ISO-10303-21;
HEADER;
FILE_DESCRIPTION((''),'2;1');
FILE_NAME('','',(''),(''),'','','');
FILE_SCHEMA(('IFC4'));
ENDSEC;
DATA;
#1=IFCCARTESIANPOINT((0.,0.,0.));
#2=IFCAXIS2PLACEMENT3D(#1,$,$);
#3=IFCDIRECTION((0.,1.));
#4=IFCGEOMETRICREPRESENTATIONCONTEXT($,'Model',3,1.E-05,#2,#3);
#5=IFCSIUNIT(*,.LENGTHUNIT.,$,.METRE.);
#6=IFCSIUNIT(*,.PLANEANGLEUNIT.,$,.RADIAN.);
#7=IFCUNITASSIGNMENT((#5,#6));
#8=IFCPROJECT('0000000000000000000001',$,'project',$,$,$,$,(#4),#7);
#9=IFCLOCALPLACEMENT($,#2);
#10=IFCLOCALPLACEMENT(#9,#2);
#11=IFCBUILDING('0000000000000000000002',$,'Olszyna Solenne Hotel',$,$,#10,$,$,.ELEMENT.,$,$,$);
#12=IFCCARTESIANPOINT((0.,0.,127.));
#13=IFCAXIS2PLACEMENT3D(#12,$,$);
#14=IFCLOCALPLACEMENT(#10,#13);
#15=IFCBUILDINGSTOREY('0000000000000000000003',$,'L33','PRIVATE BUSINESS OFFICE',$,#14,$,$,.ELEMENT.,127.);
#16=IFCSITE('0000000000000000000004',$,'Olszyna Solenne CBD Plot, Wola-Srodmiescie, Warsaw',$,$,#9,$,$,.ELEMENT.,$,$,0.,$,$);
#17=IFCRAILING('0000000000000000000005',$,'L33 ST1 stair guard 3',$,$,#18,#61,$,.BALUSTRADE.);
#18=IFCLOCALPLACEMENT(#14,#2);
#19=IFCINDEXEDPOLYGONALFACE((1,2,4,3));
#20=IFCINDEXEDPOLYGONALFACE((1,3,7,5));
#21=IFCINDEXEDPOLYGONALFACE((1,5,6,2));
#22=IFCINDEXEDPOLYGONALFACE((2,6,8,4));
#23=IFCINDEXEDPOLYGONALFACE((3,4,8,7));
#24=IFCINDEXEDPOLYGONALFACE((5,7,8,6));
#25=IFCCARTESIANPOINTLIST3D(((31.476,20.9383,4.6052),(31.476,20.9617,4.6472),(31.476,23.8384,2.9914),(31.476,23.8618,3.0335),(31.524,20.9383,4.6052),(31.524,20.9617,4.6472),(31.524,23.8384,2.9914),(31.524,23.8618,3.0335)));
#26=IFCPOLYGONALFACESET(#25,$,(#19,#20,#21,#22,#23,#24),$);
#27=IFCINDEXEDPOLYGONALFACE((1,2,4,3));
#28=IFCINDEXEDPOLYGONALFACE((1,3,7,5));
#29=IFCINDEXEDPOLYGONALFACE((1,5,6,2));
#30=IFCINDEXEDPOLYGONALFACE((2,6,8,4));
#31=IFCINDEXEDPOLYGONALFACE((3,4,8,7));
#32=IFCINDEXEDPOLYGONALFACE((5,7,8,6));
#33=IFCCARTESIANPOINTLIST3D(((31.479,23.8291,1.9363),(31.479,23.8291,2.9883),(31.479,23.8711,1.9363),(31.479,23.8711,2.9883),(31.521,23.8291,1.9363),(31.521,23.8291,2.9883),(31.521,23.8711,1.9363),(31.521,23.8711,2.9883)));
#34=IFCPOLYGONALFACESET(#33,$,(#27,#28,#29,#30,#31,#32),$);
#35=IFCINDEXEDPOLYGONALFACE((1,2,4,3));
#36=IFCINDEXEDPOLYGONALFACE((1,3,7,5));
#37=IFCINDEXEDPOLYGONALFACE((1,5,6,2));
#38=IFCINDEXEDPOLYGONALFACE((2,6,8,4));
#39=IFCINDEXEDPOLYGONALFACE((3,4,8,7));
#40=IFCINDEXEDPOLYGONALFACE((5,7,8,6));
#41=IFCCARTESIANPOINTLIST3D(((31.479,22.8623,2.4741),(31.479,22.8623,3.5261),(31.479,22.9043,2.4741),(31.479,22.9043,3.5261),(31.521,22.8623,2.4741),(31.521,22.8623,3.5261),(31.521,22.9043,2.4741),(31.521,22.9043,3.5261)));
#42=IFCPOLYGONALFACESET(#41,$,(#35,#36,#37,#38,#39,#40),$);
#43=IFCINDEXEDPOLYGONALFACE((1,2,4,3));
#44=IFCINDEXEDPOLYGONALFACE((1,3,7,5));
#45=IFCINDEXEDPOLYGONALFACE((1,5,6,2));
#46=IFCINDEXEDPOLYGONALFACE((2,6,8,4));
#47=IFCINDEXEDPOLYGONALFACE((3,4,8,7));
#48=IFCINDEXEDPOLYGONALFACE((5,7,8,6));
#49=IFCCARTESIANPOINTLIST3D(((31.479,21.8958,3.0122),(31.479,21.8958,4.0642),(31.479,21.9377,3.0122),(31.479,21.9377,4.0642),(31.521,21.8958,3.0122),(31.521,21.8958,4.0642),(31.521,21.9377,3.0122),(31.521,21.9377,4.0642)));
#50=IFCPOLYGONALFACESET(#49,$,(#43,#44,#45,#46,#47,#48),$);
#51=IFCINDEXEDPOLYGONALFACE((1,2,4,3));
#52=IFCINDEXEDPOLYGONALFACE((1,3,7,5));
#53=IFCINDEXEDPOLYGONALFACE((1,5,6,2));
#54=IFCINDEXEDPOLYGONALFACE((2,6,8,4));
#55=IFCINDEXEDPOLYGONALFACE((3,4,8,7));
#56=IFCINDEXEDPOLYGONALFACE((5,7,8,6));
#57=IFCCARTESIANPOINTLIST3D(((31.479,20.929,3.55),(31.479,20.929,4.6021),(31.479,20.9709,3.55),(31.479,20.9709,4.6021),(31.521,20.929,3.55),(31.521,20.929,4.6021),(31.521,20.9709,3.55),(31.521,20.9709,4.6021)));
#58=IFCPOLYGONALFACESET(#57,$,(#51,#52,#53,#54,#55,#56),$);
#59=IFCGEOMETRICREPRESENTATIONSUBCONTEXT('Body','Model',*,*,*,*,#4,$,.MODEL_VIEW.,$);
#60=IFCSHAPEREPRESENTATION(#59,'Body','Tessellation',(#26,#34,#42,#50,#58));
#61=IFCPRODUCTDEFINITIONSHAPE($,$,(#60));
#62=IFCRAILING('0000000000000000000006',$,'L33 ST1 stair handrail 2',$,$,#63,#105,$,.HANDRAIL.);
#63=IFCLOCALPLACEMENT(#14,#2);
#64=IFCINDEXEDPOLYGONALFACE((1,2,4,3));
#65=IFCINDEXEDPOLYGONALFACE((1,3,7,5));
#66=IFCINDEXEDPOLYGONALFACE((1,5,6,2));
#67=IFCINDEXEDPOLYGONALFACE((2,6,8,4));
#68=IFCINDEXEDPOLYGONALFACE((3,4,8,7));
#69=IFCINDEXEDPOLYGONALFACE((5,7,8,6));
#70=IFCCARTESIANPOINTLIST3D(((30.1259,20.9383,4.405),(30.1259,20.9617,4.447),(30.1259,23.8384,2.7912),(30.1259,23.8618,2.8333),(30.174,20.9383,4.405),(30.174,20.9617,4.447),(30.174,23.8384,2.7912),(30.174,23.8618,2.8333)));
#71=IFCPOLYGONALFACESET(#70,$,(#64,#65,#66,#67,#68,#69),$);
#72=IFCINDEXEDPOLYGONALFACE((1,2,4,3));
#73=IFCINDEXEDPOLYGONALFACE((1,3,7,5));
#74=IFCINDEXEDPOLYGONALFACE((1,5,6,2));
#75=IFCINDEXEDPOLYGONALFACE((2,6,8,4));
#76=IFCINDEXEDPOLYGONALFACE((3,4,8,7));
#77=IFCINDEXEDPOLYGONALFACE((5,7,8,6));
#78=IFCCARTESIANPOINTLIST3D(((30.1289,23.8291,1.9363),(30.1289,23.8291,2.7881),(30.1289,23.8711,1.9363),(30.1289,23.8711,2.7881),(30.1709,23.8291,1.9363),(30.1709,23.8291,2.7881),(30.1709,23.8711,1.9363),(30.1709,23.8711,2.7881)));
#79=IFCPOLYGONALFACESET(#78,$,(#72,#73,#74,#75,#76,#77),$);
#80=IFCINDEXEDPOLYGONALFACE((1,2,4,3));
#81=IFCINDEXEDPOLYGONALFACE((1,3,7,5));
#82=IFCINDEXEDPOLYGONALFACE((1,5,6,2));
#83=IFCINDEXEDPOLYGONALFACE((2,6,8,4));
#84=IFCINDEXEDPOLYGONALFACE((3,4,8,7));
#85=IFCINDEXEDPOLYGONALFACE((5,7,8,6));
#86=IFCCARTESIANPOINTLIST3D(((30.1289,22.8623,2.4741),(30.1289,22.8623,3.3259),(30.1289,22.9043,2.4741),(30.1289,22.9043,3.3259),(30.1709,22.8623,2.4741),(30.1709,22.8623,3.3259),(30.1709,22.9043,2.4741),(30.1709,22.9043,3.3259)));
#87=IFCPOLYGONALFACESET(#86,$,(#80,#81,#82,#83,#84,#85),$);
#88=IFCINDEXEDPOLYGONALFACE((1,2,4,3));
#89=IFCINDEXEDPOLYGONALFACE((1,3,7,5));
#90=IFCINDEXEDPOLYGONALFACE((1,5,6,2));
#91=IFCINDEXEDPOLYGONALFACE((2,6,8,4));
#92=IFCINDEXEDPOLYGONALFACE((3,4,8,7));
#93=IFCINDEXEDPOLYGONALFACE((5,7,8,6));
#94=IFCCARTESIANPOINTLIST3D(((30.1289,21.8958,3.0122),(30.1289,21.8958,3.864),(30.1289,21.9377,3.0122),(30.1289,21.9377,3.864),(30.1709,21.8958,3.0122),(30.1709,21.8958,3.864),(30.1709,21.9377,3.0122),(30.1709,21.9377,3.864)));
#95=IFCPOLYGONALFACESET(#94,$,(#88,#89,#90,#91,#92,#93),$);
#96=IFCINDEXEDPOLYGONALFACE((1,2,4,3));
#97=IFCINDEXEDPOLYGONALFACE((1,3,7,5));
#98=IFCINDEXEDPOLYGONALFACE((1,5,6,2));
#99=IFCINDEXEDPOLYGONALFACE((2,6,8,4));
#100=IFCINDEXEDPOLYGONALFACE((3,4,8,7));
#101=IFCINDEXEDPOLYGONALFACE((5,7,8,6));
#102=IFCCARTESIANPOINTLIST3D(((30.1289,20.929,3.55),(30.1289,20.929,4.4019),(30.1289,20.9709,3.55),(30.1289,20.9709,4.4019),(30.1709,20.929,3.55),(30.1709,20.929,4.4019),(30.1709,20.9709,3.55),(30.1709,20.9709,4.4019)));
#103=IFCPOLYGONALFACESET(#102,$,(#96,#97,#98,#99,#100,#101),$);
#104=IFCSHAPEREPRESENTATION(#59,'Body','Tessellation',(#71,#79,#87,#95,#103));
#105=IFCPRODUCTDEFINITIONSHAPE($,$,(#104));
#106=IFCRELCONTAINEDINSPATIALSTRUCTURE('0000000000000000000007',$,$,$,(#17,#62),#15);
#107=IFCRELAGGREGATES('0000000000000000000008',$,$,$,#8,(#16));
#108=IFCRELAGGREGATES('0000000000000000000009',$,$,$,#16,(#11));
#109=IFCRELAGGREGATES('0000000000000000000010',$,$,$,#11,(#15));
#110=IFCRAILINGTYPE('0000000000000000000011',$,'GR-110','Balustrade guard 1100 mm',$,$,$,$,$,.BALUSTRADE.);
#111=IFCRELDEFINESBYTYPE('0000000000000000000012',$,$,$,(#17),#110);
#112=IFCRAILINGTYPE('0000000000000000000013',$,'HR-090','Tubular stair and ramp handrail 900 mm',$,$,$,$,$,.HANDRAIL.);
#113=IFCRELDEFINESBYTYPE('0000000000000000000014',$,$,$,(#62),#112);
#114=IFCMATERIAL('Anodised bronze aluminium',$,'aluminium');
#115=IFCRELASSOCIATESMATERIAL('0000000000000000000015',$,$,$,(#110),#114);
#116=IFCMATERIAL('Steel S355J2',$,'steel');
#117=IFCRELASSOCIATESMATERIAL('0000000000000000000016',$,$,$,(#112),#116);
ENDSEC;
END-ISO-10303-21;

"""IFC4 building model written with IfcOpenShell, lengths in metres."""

from ifc_helpers import new_model, si_unit, direction, frame, origin, origin_2d, place, context, subcontext, project, spatial, rectangle, extrude, material, type_object, element, save


model = new_model("IFC4")

# Units and contexts
model_context = context("Model", 3, precision=1e-05, world=origin(), true_north=direction((0.0, 1.0)))
body_context = subcontext(model_context, "Body", "Model", "MODEL_VIEW")
ifc_project = project(units=[si_unit("LENGTHUNIT", "METRE"), si_unit("PLANEANGLEUNIT", "RADIAN")], contexts=[model_context])

# Site, building, storey
site_placement = place(None, origin())
site = spatial("IfcSite", under=ifc_project, at=site_placement, Name="Olszyna Solenne CBD Plot, Wola-Srodmiescie, Warsaw", CompositionType="ELEMENT", RefElevation=0.0)
building_placement = place(site_placement, origin())
building = spatial("IfcBuilding", under=site, at=building_placement, Name="Olszyna Solenne Hotel", CompositionType="ELEMENT")
storey_placement = place(building_placement, frame((0.0, 0.0, 127.0)))
storey = spatial("IfcBuildingStorey", under=building, at=storey_placement, Name="L33", Description="PRIVATE BUSINESS OFFICE", CompositionType="ELEMENT", Elevation=127.0)

# Shared definitions
ifc_material_1 = material(Name="Steel S355J2", Category="steel")

# Railings
ifc_material_2 = material(Name="Anodised bronze aluminium", Category="aluminium")
railing_type_1 = type_object("IfcRailingType", Name="GR-110", Description="Balustrade guard 1100 mm", PredefinedType="BALUSTRADE", material=ifc_material_2)
railing_1_placement = place(storey_placement, frame((31.5, 23.8501, 1.9363)))
element("IfcRailing", 1, at=railing_1_placement, inside=storey, type_object=railing_type_1, Name="L33 ST1 stair guard 3", PredefinedType="BALUSTRADE", context=body_context, shape_type="SweptSolid", body=[
    extrude(rectangle(XDim=0.0481, YDim=0.0481, at=origin_2d()), frame((0.0, 0.0, 1.0762), z_axis=(0.0, -0.873827, 0.486236), x_axis=(1.0, 0.0, 0.0)), (0.0, 0.0, 1.0), 3.3188),
    extrude(rectangle(XDim=0.042, YDim=0.042, at=origin_2d()), origin(), (0.0, 0.0, 1.0), 1.052),
    extrude(rectangle(XDim=0.042, YDim=0.042, at=origin_2d()), frame((0.0, -0.9668, 0.5378)), (0.0, 0.0, 1.0), 1.052),
    extrude(rectangle(XDim=0.042, YDim=0.042, at=origin_2d()), frame((0.0, -1.9333, 1.0759)), (0.0, 0.0, 1.0), 1.052),
    extrude(rectangle(XDim=0.042, YDim=0.042, at=origin_2d()), frame((0.0, -2.9001, 1.6138)), (0.0, 0.0, 1.0), 1.052),
])
railing_type_2 = type_object("IfcRailingType", Name="HR-090", Description="Tubular stair and ramp handrail 900 mm", PredefinedType="HANDRAIL", material=ifc_material_1)
railing_2_placement = place(storey_placement, frame((30.1499, 23.8501, 1.9363)))
element("IfcRailing", 2, at=railing_2_placement, inside=storey, type_object=railing_type_2, Name="L33 ST1 stair handrail 2", PredefinedType="HANDRAIL", context=body_context, shape_type="SweptSolid", body=[
    extrude(rectangle(XDim=0.0481, YDim=0.0481, at=origin_2d()), frame((0.0, 0.0, 0.876), z_axis=(0.0, -0.873827, 0.486236), x_axis=(1.0, 0.0, 0.0)), (0.0, 0.0, 1.0), 3.3188),
    extrude(rectangle(XDim=0.042, YDim=0.042, at=origin_2d()), origin(), (0.0, 0.0, 1.0), 0.8518),
    extrude(rectangle(XDim=0.042, YDim=0.042, at=origin_2d()), frame((0.0, -0.9668, 0.5378)), (0.0, 0.0, 1.0), 0.8518),
    extrude(rectangle(XDim=0.042, YDim=0.042, at=origin_2d()), frame((0.0, -1.9333, 1.0759)), (0.0, 0.0, 1.0), 0.8518),
    extrude(rectangle(XDim=0.042, YDim=0.042, at=origin_2d()), frame((0.0, -2.9001, 1.6138)), (0.0, 0.0, 1.0), 0.8518),
])

save(model, "model.ifc")
